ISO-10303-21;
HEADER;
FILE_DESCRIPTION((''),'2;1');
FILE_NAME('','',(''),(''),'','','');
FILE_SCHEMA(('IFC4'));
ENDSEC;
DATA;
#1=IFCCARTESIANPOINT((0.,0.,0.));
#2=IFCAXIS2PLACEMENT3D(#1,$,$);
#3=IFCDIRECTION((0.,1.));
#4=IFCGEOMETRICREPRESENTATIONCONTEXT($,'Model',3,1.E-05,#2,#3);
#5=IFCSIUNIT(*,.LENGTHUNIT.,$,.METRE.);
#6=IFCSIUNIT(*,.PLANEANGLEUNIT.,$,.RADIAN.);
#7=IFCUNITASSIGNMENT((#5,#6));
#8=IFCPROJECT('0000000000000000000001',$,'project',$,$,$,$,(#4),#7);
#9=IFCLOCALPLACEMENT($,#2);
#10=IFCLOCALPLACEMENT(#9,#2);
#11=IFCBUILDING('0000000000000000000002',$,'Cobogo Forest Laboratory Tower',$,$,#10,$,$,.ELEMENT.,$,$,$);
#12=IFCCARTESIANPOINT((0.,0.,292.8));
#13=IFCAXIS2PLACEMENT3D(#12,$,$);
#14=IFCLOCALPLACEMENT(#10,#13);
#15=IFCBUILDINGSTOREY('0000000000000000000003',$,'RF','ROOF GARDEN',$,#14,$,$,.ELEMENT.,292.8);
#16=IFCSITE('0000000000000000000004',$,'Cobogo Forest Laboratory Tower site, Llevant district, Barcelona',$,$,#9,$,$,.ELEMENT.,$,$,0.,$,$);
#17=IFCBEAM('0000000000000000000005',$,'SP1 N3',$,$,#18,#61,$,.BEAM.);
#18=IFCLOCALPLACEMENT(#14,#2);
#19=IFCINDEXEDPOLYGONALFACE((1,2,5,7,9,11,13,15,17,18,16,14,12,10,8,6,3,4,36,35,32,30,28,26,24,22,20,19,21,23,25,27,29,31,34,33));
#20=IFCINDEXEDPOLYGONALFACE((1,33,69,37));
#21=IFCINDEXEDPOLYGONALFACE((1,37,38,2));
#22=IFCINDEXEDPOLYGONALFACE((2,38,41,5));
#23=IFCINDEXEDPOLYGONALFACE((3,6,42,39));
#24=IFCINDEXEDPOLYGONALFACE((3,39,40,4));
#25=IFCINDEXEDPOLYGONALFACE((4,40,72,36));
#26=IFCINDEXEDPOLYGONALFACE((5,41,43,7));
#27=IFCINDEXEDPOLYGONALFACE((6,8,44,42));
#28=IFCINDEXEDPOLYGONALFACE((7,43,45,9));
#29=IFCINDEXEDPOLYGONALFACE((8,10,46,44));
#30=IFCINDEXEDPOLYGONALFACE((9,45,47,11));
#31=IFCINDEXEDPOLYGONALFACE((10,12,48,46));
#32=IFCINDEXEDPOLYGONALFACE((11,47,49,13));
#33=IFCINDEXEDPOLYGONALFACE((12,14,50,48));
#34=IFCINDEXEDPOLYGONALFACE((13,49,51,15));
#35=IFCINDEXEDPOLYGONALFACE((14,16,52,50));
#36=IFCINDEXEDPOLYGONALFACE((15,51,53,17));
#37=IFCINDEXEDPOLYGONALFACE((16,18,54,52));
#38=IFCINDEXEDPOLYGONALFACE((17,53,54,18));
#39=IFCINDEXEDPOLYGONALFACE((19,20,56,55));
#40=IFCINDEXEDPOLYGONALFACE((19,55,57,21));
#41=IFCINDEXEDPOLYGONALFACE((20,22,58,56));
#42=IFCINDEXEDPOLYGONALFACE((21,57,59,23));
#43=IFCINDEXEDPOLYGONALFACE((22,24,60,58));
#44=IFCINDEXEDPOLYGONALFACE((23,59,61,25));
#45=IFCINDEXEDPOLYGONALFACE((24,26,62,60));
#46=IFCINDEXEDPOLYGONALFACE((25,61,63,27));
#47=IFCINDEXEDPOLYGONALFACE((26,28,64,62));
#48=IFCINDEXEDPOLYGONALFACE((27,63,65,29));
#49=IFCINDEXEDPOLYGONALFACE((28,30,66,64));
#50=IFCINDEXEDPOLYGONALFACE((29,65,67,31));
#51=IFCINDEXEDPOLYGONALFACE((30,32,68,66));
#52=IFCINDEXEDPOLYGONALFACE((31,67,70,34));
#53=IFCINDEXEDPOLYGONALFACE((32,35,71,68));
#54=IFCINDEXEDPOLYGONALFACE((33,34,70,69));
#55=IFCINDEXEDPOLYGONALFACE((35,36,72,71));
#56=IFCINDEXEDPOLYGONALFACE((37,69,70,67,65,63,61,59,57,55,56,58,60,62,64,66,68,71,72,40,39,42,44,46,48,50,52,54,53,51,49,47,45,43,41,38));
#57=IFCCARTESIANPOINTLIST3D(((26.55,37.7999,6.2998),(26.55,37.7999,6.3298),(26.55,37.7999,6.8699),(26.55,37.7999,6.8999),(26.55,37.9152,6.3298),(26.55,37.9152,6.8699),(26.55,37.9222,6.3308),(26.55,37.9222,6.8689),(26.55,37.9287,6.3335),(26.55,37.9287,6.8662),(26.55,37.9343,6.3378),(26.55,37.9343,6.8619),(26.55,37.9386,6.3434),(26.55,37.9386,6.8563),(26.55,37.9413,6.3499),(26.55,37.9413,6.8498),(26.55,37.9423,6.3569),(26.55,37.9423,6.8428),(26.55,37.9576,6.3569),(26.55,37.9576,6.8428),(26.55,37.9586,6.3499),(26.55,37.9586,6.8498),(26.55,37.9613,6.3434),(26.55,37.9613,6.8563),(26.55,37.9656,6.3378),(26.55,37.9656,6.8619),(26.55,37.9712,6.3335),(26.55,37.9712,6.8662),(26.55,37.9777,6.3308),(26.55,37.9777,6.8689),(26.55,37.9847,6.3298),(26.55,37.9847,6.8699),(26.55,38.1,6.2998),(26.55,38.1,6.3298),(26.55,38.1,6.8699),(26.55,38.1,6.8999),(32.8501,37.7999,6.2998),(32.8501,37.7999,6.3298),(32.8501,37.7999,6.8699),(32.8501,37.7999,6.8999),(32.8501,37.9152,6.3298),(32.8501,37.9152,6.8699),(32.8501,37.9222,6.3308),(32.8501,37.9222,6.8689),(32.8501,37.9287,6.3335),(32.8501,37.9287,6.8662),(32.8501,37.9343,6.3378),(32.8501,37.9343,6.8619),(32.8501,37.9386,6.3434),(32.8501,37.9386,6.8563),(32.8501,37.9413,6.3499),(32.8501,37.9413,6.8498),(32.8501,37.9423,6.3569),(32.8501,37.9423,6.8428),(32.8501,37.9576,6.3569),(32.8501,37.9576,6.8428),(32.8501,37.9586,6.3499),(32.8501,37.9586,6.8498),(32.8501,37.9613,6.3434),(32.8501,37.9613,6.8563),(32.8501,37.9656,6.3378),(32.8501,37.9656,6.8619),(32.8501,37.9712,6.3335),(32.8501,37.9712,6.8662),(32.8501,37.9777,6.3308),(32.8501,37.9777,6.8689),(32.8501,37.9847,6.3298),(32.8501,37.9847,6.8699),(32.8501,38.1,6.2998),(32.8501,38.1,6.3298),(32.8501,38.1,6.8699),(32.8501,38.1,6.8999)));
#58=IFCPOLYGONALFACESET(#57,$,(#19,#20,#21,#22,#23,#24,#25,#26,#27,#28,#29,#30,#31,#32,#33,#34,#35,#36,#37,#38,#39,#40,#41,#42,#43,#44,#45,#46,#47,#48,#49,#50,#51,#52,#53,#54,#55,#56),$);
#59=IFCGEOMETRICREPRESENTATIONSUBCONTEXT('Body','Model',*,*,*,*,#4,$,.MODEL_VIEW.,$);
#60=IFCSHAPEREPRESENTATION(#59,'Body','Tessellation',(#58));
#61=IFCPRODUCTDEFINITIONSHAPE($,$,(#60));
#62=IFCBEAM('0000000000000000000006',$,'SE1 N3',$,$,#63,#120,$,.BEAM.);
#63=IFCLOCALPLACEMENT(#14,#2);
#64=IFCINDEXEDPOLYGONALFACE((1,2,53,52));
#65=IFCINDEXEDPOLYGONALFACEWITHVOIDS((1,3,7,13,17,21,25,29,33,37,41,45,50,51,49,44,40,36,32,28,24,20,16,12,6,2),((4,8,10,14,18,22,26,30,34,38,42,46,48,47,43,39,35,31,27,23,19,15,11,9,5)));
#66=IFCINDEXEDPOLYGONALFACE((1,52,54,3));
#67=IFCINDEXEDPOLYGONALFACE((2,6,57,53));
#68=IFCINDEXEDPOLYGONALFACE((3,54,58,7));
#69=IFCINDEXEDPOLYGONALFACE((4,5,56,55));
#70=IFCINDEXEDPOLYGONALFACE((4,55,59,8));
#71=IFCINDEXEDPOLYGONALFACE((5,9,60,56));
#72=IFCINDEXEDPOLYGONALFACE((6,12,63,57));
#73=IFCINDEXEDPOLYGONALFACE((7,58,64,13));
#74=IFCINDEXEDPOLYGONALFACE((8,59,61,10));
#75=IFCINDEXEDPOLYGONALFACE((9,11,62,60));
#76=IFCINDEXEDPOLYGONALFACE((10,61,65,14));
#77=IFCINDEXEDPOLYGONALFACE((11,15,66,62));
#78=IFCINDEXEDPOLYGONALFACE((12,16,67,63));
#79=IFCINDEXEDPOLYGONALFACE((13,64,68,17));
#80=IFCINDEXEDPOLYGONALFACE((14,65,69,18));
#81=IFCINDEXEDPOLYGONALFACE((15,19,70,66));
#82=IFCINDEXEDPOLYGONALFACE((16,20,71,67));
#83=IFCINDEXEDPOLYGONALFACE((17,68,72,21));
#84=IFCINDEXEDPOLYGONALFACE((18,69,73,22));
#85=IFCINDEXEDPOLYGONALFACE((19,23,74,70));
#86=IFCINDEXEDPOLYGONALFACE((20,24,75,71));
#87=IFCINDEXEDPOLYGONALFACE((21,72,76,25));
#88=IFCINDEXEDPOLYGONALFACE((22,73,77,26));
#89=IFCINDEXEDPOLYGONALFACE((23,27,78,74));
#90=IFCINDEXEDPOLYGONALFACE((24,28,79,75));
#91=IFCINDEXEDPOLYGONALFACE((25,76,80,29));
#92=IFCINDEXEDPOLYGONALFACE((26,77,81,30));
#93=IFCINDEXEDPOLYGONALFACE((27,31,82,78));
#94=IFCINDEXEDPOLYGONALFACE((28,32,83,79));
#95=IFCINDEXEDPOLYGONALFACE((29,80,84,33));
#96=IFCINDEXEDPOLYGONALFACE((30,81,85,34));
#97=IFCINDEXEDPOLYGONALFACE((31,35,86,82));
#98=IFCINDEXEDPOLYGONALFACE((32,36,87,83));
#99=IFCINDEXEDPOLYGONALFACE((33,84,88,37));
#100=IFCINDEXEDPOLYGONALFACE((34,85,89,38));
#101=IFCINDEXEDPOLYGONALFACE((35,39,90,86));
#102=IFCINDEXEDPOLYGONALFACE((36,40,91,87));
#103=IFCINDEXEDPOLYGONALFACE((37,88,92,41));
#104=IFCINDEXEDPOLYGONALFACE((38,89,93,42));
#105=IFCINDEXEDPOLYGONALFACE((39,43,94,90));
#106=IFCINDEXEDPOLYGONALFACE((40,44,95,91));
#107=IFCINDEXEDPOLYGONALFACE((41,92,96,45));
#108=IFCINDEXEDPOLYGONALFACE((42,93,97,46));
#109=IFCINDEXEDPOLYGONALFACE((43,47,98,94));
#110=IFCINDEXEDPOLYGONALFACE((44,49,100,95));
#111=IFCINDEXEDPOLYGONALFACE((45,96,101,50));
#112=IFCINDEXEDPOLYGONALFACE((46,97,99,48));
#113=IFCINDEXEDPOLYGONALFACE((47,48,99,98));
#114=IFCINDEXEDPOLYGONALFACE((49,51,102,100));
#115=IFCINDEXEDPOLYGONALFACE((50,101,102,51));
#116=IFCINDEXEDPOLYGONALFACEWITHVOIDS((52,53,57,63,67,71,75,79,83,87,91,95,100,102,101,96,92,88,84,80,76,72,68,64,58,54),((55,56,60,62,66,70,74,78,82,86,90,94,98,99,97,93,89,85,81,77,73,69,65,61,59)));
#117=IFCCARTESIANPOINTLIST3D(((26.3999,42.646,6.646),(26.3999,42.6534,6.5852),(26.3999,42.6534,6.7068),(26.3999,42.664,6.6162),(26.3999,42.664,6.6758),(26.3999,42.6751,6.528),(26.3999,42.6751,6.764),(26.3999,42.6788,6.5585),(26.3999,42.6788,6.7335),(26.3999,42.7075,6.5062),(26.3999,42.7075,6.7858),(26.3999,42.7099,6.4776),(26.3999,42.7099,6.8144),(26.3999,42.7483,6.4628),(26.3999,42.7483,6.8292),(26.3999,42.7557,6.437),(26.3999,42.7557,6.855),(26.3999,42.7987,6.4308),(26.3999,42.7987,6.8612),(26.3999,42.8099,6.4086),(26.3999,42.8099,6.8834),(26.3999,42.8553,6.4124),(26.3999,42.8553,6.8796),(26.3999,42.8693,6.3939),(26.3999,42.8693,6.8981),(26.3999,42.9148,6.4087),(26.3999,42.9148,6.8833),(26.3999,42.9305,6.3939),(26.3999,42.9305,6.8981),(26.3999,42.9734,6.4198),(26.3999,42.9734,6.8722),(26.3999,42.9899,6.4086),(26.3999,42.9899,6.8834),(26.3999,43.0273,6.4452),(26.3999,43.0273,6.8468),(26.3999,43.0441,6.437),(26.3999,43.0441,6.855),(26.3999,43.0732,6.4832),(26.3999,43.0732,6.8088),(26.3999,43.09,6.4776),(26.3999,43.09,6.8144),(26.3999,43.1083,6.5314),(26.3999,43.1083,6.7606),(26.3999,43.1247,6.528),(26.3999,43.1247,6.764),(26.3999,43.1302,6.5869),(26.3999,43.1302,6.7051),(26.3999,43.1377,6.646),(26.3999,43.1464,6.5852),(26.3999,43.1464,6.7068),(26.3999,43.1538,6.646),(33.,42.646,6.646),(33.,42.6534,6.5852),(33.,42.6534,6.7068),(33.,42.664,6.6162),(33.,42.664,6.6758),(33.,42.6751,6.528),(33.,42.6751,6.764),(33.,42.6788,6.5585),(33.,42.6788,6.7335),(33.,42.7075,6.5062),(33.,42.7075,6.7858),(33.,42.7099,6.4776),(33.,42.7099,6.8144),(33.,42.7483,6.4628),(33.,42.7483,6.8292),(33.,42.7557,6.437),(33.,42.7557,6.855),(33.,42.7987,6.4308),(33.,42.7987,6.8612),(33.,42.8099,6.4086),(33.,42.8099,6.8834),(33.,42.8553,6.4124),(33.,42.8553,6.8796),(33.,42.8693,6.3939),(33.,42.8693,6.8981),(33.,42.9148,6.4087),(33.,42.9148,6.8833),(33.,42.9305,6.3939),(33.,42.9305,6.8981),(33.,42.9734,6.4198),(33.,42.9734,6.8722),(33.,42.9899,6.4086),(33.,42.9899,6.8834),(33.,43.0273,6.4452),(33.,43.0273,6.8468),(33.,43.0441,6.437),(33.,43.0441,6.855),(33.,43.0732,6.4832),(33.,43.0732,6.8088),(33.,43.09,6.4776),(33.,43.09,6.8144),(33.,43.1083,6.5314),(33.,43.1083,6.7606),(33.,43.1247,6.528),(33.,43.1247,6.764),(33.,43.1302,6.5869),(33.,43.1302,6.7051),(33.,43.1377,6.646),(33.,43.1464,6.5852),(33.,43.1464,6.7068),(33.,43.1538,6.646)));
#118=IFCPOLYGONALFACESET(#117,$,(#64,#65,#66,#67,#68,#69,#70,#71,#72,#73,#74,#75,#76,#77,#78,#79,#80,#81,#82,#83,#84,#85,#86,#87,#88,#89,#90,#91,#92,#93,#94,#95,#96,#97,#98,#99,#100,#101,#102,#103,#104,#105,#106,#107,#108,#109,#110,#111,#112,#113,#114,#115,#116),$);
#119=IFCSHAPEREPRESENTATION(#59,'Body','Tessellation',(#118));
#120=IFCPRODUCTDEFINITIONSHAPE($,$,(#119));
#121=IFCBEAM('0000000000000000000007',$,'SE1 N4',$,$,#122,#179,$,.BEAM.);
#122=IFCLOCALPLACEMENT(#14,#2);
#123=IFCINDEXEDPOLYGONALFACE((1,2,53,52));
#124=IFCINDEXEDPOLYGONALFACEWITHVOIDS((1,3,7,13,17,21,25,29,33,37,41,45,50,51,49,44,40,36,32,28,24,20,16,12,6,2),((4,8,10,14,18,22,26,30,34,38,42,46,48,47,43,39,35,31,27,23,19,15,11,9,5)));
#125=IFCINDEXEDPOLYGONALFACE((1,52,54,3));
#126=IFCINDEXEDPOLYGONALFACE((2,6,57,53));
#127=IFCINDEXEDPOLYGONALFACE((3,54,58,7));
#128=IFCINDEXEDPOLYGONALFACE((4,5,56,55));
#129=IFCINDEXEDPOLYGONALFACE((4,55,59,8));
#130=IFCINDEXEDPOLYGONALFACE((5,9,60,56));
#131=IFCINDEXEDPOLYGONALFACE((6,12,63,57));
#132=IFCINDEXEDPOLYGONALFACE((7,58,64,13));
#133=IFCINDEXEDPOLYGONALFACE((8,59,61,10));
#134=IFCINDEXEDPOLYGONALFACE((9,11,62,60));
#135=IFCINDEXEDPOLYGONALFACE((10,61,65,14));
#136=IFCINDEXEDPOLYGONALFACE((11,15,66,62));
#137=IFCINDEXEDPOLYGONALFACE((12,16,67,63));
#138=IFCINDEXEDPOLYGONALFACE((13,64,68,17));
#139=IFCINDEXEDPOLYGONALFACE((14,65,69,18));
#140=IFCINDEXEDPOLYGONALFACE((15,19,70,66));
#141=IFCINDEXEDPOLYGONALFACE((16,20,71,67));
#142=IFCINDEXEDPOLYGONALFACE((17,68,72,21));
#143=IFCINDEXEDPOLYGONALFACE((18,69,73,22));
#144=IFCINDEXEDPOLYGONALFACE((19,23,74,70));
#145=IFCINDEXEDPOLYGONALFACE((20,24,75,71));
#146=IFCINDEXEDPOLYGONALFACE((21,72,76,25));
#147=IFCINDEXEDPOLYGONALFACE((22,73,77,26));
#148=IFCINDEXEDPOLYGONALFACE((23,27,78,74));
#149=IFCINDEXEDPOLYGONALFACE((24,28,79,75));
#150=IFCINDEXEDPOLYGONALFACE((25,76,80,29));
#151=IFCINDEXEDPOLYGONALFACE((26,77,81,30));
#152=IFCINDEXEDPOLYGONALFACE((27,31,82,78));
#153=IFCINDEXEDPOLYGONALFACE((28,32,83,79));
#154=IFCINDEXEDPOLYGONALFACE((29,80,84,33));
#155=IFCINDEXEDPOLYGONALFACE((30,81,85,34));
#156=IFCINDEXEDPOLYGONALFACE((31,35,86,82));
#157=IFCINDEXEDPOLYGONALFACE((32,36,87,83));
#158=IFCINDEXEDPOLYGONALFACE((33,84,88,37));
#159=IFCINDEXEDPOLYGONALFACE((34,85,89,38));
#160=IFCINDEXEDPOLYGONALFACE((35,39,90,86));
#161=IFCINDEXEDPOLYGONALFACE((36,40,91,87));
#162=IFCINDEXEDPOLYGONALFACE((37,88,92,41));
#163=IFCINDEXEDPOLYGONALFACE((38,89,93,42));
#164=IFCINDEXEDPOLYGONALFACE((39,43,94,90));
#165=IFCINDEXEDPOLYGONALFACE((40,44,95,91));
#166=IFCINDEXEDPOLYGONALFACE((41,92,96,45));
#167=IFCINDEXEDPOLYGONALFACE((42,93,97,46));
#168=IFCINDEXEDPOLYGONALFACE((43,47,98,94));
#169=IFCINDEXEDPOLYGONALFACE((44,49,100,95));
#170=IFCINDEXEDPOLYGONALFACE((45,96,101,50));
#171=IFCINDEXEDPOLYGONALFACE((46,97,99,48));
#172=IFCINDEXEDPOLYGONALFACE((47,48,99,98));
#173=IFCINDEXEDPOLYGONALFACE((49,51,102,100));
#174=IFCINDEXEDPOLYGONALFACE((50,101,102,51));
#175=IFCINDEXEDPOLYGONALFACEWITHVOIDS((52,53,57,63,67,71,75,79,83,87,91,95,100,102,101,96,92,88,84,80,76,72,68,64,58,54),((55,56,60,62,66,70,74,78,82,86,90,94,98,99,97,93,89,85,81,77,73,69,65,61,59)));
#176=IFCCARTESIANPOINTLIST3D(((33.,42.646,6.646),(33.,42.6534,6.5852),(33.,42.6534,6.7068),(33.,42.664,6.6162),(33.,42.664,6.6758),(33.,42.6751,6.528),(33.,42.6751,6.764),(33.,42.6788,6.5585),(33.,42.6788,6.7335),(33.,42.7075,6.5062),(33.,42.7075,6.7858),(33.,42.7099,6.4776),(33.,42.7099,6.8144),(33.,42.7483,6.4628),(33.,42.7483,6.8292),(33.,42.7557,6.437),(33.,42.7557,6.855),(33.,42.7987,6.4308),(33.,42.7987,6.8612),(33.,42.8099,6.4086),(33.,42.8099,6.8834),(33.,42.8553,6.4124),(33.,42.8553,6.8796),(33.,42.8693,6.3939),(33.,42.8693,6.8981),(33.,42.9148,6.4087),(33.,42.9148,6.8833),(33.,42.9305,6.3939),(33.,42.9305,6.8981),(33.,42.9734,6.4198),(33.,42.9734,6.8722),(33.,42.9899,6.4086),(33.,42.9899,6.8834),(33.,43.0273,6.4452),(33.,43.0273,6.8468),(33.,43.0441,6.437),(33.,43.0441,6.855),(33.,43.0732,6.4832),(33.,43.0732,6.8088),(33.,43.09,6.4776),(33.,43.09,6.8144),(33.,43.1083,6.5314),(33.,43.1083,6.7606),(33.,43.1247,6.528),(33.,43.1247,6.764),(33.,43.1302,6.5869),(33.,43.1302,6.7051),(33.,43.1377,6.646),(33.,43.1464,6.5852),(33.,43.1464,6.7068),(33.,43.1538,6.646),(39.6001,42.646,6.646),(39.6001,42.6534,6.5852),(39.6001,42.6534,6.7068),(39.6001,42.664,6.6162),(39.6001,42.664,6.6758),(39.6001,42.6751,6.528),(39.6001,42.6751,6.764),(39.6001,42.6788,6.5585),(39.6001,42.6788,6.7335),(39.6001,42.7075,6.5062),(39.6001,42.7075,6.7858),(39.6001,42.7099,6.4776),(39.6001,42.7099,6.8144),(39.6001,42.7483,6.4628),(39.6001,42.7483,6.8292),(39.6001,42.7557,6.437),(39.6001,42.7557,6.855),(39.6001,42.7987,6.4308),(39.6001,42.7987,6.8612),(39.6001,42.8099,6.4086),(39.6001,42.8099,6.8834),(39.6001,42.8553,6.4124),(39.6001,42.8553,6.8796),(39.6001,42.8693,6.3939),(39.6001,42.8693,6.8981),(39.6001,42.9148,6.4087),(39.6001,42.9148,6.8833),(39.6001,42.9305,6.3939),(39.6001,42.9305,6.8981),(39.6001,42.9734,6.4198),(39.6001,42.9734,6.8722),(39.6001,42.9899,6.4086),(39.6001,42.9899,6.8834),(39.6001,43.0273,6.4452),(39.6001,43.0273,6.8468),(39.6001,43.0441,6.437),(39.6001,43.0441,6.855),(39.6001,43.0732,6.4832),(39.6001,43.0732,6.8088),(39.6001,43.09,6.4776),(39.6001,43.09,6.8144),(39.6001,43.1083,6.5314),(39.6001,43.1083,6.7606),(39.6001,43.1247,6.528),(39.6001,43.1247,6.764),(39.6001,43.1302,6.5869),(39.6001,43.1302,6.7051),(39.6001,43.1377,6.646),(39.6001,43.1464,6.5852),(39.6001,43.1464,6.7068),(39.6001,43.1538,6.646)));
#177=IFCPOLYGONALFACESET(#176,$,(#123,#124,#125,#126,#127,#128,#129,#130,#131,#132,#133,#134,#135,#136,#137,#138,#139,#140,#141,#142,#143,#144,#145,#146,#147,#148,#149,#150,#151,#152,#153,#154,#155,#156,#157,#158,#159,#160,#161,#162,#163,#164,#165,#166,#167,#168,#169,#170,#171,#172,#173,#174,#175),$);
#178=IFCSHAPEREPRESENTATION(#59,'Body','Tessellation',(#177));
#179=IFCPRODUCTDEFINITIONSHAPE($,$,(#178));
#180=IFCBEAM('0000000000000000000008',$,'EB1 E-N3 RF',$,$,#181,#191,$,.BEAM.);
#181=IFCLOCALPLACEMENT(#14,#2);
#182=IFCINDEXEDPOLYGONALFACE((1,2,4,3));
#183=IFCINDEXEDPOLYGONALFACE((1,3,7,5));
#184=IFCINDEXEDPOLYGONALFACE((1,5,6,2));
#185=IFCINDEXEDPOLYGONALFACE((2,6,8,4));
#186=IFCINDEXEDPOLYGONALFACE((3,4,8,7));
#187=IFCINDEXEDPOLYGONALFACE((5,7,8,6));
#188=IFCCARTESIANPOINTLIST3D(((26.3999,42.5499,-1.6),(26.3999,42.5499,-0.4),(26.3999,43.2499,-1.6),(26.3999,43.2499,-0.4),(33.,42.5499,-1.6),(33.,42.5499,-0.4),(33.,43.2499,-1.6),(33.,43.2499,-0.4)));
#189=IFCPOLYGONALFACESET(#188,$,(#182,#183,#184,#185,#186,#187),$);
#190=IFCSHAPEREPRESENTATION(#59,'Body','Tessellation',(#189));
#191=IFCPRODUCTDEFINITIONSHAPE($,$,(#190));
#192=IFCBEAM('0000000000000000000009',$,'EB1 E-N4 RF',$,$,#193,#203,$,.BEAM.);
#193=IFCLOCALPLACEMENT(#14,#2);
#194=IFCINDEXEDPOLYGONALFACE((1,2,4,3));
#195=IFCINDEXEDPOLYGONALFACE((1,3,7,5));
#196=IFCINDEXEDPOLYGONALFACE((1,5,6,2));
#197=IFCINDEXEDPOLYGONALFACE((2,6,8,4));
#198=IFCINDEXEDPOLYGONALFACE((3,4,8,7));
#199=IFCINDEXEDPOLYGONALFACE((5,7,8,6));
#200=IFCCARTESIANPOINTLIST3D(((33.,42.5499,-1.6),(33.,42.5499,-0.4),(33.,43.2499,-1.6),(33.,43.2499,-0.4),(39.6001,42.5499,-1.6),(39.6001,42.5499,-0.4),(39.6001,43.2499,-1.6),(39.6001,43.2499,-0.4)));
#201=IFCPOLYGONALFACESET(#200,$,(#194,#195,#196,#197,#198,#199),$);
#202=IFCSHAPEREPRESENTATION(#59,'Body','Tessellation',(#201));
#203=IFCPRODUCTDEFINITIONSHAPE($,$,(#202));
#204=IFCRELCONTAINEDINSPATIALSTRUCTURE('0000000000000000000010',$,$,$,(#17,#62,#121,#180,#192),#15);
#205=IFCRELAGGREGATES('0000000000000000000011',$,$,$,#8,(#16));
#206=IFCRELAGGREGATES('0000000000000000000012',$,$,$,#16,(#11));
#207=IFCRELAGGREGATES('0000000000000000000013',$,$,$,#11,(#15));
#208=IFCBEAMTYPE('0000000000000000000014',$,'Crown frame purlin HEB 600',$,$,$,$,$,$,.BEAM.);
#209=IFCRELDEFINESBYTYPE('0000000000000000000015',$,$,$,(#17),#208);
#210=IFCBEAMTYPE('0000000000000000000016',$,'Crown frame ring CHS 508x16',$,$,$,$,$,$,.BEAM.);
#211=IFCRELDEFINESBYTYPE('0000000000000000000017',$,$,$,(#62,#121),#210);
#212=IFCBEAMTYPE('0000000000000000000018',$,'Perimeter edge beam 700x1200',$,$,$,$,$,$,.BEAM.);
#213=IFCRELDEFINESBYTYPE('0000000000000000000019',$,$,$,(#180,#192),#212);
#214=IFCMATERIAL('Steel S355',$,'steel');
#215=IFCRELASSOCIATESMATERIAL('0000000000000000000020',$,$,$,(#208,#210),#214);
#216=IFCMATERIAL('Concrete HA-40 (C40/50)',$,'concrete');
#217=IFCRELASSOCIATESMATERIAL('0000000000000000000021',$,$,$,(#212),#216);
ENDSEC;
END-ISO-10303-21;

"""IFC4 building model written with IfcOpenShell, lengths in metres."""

from ifc_helpers import new_model, si_unit, direction, frame, origin, origin_2d, place, context, subcontext, project, spatial, rectangle, hollow_circle, i_section, extrude, material, material_profile, profile_set, type_object, element, save


model = new_model("IFC4")

# Units and contexts
model_context = context("Model", 3, precision=1e-05, world=origin(), true_north=direction((0.0, 1.0)))
body_context = subcontext(model_context, "Body", "Model", "MODEL_VIEW")
ifc_project = project(units=[si_unit("LENGTHUNIT", "METRE"), si_unit("PLANEANGLEUNIT", "RADIAN")], contexts=[model_context])

# Site, building, storey
site_placement = place(None, origin())
site = spatial("IfcSite", under=ifc_project, at=site_placement, Name="Cobogo Forest Laboratory Tower site, Llevant district, Barcelona", CompositionType="ELEMENT", RefElevation=0.0)
building_placement = place(site_placement, origin())
building = spatial("IfcBuilding", under=site, at=building_placement, Name="Cobogo Forest Laboratory Tower", CompositionType="ELEMENT")
storey_placement = place(building_placement, frame((0.0, 0.0, 292.8)))
storey = spatial("IfcBuildingStorey", under=building, at=storey_placement, Name="RF", Description="ROOF GARDEN", CompositionType="ELEMENT", Elevation=292.8)

# Shared definitions
ifc_material_1 = material(Name="Steel S355", Category="steel")

# Beams
ifc_material_profile_1 = material_profile(ifc_material_1, i_section(OverallWidth=0.3, OverallDepth=0.6001, WebThickness=0.0154, FlangeThickness=0.03, FilletRadius=0.0271, at=origin_2d()), Name="HEB 600")
ifc_profile_set_1 = profile_set([ifc_material_profile_1], Name="Steel S355")
beam_type_1 = type_object("IfcBeamType", Name="Crown frame purlin HEB 600", PredefinedType="BEAM", material=ifc_profile_set_1)
beam_placement = place(storey_placement, frame((26.55, 37.95, 6.5999), z_axis=(1.0, 0.0, 0.0), x_axis=(0.0, 1.0, 0.0)))
element("IfcBeam", 1, at=beam_placement, inside=storey, type_object=beam_type_1, Name="SP1 N3", PredefinedType="BEAM", context=body_context, shape_type="SweptSolid", body=[
    extrude(i_section(OverallWidth=0.3, OverallDepth=0.6001, WebThickness=0.0154, FlangeThickness=0.03, FilletRadius=0.0271, at=origin_2d()), origin(), (0.0, 0.0, 1.0), 6.3),
])
ifc_material_profile_2 = material_profile(ifc_material_1, hollow_circle(Radius=0.2539, WallThickness=0.0161, at=origin_2d()), Name="CHS 508x16")
ifc_profile_set_2 = profile_set([ifc_material_profile_2], Name="Steel S355")
beam_type_2 = type_object("IfcBeamType", Name="Crown frame ring CHS 508x16", PredefinedType="BEAM", material=ifc_profile_set_2)
for number, where, z_axis, x_axis, name in (
    (2, (26.3999, 42.8999, 6.646), (1.0, 0.0, 0.0), (0.0, 1.0, 0.0), "SE1 N3"),
    (3, (33.0, 42.8999, 6.646), (1.0, 0.0, 0.0), (0.0, 1.0, 0.0), "SE1 N4"),
):
    element("IfcBeam", number, at=place(storey_placement, frame(where, z_axis=z_axis, x_axis=x_axis)), inside=storey, type_object=beam_type_2, Name=name, PredefinedType="BEAM", context=body_context, shape_type="SweptSolid", body=[
        extrude(hollow_circle(Radius=0.2539, WallThickness=0.0161, at=origin_2d()), origin(), (0.0, 0.0, 1.0), 6.6001),
    ])
ifc_material_2 = material(Name="Concrete HA-40 (C40/50)", Category="concrete")
ifc_material_profile_3 = material_profile(ifc_material_2, rectangle(XDim=0.7, YDim=1.2, at=origin_2d()), Name="RC 700x1200")
ifc_profile_set_3 = profile_set([ifc_material_profile_3], Name="Concrete HA-40 (C40/50)")
beam_type_3 = type_object("IfcBeamType", Name="Perimeter edge beam 700x1200", PredefinedType="BEAM", material=ifc_profile_set_3)
for number, where, z_axis, x_axis, name in (
    (4, (26.3999, 42.8999, -1.0), (1.0, 0.0, 0.0), (0.0, 1.0, 0.0), "EB1 E-N3 RF"),
    (5, (33.0, 42.8999, -1.0), (1.0, 0.0, 0.0), (0.0, 1.0, 0.0), "EB1 E-N4 RF"),
):
    element("IfcBeam", number, at=place(storey_placement, frame(where, z_axis=z_axis, x_axis=x_axis)), inside=storey, type_object=beam_type_3, Name=name, PredefinedType="BEAM", context=body_context, shape_type="SweptSolid", body=[
        extrude(rectangle(XDim=0.7, YDim=1.2, at=origin_2d()), origin(), (0.0, 0.0, 1.0), 6.6001),
    ])

save(model, "model.ifc")
